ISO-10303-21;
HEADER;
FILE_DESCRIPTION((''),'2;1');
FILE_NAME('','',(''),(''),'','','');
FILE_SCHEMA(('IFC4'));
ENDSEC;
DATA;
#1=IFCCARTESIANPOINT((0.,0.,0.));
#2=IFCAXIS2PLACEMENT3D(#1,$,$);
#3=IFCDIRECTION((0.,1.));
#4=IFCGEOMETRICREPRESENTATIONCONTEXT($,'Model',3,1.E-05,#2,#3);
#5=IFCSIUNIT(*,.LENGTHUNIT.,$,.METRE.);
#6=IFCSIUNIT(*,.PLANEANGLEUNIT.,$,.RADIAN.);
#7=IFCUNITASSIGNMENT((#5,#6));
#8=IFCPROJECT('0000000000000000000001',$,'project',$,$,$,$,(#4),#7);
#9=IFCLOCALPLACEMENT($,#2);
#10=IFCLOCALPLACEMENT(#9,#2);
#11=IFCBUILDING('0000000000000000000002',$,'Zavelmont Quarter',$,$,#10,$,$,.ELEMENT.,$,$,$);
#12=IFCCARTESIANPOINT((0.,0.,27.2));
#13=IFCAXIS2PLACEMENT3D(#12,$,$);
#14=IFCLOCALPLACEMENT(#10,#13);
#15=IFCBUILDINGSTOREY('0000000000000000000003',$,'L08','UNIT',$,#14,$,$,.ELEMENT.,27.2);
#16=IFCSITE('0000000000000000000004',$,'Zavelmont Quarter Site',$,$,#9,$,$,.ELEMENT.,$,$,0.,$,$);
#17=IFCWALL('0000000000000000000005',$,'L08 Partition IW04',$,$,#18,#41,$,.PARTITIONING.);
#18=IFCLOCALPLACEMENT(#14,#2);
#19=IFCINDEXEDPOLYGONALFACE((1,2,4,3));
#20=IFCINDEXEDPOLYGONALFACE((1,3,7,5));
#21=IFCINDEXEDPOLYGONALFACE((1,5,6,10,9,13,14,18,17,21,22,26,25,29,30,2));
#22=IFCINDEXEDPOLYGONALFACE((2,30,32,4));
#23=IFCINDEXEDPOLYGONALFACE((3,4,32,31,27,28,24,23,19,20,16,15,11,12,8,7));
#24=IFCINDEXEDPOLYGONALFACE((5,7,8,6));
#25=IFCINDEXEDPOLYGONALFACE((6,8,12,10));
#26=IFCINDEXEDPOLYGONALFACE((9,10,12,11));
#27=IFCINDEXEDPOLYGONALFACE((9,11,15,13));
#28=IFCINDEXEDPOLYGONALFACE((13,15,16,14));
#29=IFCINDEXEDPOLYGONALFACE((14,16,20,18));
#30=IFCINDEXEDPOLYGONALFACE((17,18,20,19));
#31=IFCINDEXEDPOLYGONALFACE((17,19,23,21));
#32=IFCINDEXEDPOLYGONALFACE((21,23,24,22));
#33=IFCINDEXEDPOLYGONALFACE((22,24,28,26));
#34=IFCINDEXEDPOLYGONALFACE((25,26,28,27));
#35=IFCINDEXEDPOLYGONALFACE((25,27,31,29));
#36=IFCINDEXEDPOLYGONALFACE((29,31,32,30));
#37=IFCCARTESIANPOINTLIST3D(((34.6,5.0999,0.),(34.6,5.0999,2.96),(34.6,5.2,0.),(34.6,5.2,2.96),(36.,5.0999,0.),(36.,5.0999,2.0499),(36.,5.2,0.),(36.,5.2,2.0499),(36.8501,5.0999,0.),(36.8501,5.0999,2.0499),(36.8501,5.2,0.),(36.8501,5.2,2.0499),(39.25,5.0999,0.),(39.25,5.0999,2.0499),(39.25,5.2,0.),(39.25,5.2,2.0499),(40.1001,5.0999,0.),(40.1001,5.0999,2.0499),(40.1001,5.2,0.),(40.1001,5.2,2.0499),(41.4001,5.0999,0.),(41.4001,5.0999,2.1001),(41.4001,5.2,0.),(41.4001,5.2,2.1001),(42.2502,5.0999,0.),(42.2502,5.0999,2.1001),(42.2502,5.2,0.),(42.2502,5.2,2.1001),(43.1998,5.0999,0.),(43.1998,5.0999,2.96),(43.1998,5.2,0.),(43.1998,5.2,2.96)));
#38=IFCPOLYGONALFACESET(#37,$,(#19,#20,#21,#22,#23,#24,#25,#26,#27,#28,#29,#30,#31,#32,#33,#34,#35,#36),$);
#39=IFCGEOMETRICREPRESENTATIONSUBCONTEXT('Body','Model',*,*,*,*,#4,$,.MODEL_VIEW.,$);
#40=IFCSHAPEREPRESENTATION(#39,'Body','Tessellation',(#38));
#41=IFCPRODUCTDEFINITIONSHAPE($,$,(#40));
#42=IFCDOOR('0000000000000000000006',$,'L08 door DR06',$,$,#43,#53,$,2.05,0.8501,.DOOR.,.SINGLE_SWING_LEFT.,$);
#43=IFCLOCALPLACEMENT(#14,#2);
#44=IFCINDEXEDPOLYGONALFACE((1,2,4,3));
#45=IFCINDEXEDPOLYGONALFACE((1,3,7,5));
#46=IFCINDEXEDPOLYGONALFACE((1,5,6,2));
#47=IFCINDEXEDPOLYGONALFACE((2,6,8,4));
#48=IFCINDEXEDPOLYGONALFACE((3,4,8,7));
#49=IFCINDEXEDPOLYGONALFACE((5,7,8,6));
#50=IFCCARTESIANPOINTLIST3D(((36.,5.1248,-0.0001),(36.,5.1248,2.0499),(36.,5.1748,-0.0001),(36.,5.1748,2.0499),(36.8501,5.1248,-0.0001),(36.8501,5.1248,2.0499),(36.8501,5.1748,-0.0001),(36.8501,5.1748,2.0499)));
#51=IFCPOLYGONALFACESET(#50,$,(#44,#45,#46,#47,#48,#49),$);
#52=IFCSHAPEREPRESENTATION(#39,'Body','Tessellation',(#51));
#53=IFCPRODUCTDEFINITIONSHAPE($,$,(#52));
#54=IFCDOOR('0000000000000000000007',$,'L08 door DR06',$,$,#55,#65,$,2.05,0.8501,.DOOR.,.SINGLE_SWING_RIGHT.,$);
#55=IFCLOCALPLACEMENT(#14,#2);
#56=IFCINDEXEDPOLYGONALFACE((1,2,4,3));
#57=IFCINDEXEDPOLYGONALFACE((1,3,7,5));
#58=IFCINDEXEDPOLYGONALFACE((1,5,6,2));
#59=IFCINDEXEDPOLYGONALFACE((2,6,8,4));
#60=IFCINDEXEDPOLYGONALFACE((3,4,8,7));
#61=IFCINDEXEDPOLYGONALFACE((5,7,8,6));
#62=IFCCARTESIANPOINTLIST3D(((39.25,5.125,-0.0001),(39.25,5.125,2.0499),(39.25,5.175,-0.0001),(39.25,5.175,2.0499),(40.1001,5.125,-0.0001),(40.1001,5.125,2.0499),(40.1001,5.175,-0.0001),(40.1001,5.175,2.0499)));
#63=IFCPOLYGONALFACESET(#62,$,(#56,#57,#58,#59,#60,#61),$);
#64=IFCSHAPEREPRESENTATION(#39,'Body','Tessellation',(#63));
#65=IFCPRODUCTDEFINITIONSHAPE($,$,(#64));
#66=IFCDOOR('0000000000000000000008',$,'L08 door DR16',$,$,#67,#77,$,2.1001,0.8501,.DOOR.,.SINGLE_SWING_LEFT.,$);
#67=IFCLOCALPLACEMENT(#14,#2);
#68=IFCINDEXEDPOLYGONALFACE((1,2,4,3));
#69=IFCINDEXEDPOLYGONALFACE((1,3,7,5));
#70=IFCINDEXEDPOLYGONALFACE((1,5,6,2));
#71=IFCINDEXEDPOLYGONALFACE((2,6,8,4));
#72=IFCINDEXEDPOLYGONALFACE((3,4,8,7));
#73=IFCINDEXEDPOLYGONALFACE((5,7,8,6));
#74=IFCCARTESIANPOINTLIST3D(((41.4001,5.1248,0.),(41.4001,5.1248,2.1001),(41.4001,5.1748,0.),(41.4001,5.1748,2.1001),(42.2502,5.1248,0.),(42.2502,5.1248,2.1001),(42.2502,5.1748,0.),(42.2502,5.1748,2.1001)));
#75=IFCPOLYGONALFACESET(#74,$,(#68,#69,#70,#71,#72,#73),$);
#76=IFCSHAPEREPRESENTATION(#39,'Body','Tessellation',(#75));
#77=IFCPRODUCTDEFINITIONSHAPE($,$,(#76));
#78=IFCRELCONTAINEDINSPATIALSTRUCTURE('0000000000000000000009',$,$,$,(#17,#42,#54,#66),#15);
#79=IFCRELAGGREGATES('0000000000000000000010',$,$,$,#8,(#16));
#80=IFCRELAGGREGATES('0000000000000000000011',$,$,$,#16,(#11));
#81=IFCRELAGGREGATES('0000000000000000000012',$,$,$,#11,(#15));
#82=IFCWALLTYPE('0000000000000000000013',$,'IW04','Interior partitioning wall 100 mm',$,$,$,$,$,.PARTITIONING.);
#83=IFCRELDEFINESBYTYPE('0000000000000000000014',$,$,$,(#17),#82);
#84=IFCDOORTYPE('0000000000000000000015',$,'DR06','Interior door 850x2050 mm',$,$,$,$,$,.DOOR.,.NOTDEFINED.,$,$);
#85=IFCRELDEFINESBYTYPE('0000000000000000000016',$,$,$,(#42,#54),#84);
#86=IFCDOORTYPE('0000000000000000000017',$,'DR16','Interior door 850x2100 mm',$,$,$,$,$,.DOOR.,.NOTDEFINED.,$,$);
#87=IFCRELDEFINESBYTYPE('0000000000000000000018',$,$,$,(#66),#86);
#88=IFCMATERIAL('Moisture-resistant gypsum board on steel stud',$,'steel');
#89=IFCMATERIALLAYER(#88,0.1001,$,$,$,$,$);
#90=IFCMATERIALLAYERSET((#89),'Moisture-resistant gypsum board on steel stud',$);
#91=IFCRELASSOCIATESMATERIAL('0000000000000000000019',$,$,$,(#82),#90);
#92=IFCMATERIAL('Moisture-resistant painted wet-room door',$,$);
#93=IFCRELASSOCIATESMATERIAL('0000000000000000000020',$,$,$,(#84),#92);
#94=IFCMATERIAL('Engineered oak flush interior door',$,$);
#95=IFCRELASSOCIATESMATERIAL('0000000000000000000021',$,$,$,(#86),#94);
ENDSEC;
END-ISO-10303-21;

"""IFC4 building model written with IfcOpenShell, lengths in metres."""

from ifc_helpers import new_model, si_unit, direction, frame, frame_2d, origin, origin_with_axes, place, context, subcontext, project, spatial, rectangle, extrude, material, layer, layer_set, type_object, element, fill, save


model = new_model("IFC4")

# Units and contexts
model_context = context("Model", 3, precision=1e-05, world=origin(), true_north=direction((0.0, 1.0)))
body_context = subcontext(model_context, "Body", "Model", "MODEL_VIEW")
ifc_project = project(units=[si_unit("LENGTHUNIT", "METRE"), si_unit("PLANEANGLEUNIT", "RADIAN")], contexts=[model_context])

# Site, building, storey
site_placement = place(None, origin())
site = spatial("IfcSite", under=ifc_project, at=site_placement, Name="Zavelmont Quarter Site", CompositionType="ELEMENT", RefElevation=0.0)
building_placement = place(site_placement, origin())
building = spatial("IfcBuilding", under=site, at=building_placement, Name="Zavelmont Quarter", CompositionType="ELEMENT")
storey_placement = place(building_placement, frame((0.0, 0.0, 27.2)))
storey = spatial("IfcBuildingStorey", under=building, at=storey_placement, Name="L08", Description="UNIT", CompositionType="ELEMENT", Elevation=27.2)

# Shared definitions
ifc_material_1 = material(Name="Engineered oak flush interior door")

# Wall, openings, doors
ifc_material_2 = material(Name="Moisture-resistant gypsum board on steel stud", Category="steel")
ifc_layer_1 = layer(ifc_material_2, 0.1001)
ifc_layer_set_1 = layer_set([ifc_layer_1], Name="Moisture-resistant gypsum board on steel stud")
wall_type_1 = type_object("IfcWallType", Name="IW04", Description="Interior partitioning wall 100 mm", PredefinedType="PARTITIONING", material=ifc_layer_set_1)
wall_1_placement = place(storey_placement, frame((34.6001, 5.1499, 0.0), z_axis=(0.0, 0.0, 1.0), x_axis=(1.0, 0.0, 0.0)))
wall_1 = element("IfcWall", 1, at=wall_1_placement, inside=storey, type_object=wall_type_1, Name="L08 Partition IW04", PredefinedType="PARTITIONING", context=body_context, shape_type="SweptSolid", body=[
    extrude(rectangle(XDim=8.5999, YDim=0.1001, at=frame_2d((4.2998, 0.0))), origin(), (0.0, 0.0, 1.0), 2.96),
])
opening_1_placement = place(wall_1_placement, frame((1.3999, 0.0, 0.0)))
opening_1 = element("IfcOpeningElement", 2, at=opening_1_placement, cuts=wall_1, PredefinedType="OPENING", context=body_context, shape_type="SweptSolid", body=[
    extrude(rectangle(XDim=0.8501, YDim=2.05, at=frame_2d((0.425, 1.0249))), frame((0.0, 0.062, 0.0), z_axis=(0.0, -1.0, 0.0), x_axis=(1.0, 0.0, 0.0)), (0.0, 0.0, 1.0), 0.124),
])
opening_2_placement = place(wall_1_placement, frame((4.6499, 0.0, 0.0)))
opening_2 = element("IfcOpeningElement", 3, at=opening_2_placement, cuts=wall_1, PredefinedType="OPENING", context=body_context, shape_type="SweptSolid", body=[
    extrude(rectangle(XDim=0.8501, YDim=2.05, at=frame_2d((0.425, 1.0249))), frame((0.0, 0.062, 0.0), z_axis=(0.0, -1.0, 0.0), x_axis=(1.0, 0.0, 0.0)), (0.0, 0.0, 1.0), 0.124),
])
opening_3_placement = place(wall_1_placement, frame((6.8, 0.0, 0.0)))
opening_3 = element("IfcOpeningElement", 4, at=opening_3_placement, cuts=wall_1, PredefinedType="OPENING", context=body_context, shape_type="SweptSolid", body=[
    extrude(rectangle(XDim=0.8501, YDim=2.1001, at=frame_2d((0.425, 1.05))), frame((0.0, 0.062, 0.0), z_axis=(0.0, -1.0, 0.0), x_axis=(1.0, 0.0, 0.0)), (0.0, 0.0, 1.0), 0.124),
])
ifc_material_3 = material(Name="Moisture-resistant painted wet-room door")
door_type_1 = type_object("IfcDoorType", Name="DR06", Description="Interior door 850x2050 mm", OperationType="NOTDEFINED", PredefinedType="DOOR", material=ifc_material_3)
door_1_placement = place(opening_1_placement, origin_with_axes())
door_1 = element("IfcDoor", 5, at=door_1_placement, inside=storey, type_object=door_type_1, Name="L08 door DR06", OperationType="SINGLE_SWING_LEFT", OverallHeight=2.05, OverallWidth=0.8501, PredefinedType="DOOR", context=body_context, shape_type="SweptSolid", body=[
    extrude(rectangle(XDim=0.8501, YDim=2.05, at=frame_2d((0.425, 1.0249))), frame((0.0, 0.0249, 0.0), z_axis=(0.0, -1.0, 0.0), x_axis=(1.0, 0.0, 0.0)), (0.0, 0.0, 1.0), 0.05),
])
fill(opening_1, door_1)
door_2_placement = place(opening_2_placement, frame((0.8501, 0.0, 0.0), z_axis=(0.0, 0.0, 1.0), x_axis=(-1.0, 0.0, 0.0)))
door_2 = element("IfcDoor", 6, at=door_2_placement, inside=storey, type_object=door_type_1, Name="L08 door DR06", OperationType="SINGLE_SWING_RIGHT", OverallHeight=2.05, OverallWidth=0.8501, PredefinedType="DOOR", context=body_context, shape_type="SweptSolid", body=[
    extrude(rectangle(XDim=0.8501, YDim=2.05, at=frame_2d((0.425, 1.0249))), frame((0.0, 0.0249, 0.0), z_axis=(0.0, -1.0, 0.0), x_axis=(1.0, 0.0, 0.0)), (0.0, 0.0, 1.0), 0.05),
])
fill(opening_2, door_2)
door_type_2 = type_object("IfcDoorType", Name="DR16", Description="Interior door 850x2100 mm", OperationType="NOTDEFINED", PredefinedType="DOOR", material=ifc_material_1)
door_3_placement = place(opening_3_placement, origin_with_axes())
door_3 = element("IfcDoor", 7, at=door_3_placement, inside=storey, type_object=door_type_2, Name="L08 door DR16", OperationType="SINGLE_SWING_LEFT", OverallHeight=2.1001, OverallWidth=0.8501, PredefinedType="DOOR", context=body_context, shape_type="SweptSolid", body=[
    extrude(rectangle(XDim=0.8501, YDim=2.1001, at=frame_2d((0.425, 1.05))), frame((0.0, 0.0249, 0.0), z_axis=(0.0, -1.0, 0.0), x_axis=(1.0, 0.0, 0.0)), (0.0, 0.0, 1.0), 0.05),
])
fill(opening_3, door_3)

save(model, "model.ifc")
